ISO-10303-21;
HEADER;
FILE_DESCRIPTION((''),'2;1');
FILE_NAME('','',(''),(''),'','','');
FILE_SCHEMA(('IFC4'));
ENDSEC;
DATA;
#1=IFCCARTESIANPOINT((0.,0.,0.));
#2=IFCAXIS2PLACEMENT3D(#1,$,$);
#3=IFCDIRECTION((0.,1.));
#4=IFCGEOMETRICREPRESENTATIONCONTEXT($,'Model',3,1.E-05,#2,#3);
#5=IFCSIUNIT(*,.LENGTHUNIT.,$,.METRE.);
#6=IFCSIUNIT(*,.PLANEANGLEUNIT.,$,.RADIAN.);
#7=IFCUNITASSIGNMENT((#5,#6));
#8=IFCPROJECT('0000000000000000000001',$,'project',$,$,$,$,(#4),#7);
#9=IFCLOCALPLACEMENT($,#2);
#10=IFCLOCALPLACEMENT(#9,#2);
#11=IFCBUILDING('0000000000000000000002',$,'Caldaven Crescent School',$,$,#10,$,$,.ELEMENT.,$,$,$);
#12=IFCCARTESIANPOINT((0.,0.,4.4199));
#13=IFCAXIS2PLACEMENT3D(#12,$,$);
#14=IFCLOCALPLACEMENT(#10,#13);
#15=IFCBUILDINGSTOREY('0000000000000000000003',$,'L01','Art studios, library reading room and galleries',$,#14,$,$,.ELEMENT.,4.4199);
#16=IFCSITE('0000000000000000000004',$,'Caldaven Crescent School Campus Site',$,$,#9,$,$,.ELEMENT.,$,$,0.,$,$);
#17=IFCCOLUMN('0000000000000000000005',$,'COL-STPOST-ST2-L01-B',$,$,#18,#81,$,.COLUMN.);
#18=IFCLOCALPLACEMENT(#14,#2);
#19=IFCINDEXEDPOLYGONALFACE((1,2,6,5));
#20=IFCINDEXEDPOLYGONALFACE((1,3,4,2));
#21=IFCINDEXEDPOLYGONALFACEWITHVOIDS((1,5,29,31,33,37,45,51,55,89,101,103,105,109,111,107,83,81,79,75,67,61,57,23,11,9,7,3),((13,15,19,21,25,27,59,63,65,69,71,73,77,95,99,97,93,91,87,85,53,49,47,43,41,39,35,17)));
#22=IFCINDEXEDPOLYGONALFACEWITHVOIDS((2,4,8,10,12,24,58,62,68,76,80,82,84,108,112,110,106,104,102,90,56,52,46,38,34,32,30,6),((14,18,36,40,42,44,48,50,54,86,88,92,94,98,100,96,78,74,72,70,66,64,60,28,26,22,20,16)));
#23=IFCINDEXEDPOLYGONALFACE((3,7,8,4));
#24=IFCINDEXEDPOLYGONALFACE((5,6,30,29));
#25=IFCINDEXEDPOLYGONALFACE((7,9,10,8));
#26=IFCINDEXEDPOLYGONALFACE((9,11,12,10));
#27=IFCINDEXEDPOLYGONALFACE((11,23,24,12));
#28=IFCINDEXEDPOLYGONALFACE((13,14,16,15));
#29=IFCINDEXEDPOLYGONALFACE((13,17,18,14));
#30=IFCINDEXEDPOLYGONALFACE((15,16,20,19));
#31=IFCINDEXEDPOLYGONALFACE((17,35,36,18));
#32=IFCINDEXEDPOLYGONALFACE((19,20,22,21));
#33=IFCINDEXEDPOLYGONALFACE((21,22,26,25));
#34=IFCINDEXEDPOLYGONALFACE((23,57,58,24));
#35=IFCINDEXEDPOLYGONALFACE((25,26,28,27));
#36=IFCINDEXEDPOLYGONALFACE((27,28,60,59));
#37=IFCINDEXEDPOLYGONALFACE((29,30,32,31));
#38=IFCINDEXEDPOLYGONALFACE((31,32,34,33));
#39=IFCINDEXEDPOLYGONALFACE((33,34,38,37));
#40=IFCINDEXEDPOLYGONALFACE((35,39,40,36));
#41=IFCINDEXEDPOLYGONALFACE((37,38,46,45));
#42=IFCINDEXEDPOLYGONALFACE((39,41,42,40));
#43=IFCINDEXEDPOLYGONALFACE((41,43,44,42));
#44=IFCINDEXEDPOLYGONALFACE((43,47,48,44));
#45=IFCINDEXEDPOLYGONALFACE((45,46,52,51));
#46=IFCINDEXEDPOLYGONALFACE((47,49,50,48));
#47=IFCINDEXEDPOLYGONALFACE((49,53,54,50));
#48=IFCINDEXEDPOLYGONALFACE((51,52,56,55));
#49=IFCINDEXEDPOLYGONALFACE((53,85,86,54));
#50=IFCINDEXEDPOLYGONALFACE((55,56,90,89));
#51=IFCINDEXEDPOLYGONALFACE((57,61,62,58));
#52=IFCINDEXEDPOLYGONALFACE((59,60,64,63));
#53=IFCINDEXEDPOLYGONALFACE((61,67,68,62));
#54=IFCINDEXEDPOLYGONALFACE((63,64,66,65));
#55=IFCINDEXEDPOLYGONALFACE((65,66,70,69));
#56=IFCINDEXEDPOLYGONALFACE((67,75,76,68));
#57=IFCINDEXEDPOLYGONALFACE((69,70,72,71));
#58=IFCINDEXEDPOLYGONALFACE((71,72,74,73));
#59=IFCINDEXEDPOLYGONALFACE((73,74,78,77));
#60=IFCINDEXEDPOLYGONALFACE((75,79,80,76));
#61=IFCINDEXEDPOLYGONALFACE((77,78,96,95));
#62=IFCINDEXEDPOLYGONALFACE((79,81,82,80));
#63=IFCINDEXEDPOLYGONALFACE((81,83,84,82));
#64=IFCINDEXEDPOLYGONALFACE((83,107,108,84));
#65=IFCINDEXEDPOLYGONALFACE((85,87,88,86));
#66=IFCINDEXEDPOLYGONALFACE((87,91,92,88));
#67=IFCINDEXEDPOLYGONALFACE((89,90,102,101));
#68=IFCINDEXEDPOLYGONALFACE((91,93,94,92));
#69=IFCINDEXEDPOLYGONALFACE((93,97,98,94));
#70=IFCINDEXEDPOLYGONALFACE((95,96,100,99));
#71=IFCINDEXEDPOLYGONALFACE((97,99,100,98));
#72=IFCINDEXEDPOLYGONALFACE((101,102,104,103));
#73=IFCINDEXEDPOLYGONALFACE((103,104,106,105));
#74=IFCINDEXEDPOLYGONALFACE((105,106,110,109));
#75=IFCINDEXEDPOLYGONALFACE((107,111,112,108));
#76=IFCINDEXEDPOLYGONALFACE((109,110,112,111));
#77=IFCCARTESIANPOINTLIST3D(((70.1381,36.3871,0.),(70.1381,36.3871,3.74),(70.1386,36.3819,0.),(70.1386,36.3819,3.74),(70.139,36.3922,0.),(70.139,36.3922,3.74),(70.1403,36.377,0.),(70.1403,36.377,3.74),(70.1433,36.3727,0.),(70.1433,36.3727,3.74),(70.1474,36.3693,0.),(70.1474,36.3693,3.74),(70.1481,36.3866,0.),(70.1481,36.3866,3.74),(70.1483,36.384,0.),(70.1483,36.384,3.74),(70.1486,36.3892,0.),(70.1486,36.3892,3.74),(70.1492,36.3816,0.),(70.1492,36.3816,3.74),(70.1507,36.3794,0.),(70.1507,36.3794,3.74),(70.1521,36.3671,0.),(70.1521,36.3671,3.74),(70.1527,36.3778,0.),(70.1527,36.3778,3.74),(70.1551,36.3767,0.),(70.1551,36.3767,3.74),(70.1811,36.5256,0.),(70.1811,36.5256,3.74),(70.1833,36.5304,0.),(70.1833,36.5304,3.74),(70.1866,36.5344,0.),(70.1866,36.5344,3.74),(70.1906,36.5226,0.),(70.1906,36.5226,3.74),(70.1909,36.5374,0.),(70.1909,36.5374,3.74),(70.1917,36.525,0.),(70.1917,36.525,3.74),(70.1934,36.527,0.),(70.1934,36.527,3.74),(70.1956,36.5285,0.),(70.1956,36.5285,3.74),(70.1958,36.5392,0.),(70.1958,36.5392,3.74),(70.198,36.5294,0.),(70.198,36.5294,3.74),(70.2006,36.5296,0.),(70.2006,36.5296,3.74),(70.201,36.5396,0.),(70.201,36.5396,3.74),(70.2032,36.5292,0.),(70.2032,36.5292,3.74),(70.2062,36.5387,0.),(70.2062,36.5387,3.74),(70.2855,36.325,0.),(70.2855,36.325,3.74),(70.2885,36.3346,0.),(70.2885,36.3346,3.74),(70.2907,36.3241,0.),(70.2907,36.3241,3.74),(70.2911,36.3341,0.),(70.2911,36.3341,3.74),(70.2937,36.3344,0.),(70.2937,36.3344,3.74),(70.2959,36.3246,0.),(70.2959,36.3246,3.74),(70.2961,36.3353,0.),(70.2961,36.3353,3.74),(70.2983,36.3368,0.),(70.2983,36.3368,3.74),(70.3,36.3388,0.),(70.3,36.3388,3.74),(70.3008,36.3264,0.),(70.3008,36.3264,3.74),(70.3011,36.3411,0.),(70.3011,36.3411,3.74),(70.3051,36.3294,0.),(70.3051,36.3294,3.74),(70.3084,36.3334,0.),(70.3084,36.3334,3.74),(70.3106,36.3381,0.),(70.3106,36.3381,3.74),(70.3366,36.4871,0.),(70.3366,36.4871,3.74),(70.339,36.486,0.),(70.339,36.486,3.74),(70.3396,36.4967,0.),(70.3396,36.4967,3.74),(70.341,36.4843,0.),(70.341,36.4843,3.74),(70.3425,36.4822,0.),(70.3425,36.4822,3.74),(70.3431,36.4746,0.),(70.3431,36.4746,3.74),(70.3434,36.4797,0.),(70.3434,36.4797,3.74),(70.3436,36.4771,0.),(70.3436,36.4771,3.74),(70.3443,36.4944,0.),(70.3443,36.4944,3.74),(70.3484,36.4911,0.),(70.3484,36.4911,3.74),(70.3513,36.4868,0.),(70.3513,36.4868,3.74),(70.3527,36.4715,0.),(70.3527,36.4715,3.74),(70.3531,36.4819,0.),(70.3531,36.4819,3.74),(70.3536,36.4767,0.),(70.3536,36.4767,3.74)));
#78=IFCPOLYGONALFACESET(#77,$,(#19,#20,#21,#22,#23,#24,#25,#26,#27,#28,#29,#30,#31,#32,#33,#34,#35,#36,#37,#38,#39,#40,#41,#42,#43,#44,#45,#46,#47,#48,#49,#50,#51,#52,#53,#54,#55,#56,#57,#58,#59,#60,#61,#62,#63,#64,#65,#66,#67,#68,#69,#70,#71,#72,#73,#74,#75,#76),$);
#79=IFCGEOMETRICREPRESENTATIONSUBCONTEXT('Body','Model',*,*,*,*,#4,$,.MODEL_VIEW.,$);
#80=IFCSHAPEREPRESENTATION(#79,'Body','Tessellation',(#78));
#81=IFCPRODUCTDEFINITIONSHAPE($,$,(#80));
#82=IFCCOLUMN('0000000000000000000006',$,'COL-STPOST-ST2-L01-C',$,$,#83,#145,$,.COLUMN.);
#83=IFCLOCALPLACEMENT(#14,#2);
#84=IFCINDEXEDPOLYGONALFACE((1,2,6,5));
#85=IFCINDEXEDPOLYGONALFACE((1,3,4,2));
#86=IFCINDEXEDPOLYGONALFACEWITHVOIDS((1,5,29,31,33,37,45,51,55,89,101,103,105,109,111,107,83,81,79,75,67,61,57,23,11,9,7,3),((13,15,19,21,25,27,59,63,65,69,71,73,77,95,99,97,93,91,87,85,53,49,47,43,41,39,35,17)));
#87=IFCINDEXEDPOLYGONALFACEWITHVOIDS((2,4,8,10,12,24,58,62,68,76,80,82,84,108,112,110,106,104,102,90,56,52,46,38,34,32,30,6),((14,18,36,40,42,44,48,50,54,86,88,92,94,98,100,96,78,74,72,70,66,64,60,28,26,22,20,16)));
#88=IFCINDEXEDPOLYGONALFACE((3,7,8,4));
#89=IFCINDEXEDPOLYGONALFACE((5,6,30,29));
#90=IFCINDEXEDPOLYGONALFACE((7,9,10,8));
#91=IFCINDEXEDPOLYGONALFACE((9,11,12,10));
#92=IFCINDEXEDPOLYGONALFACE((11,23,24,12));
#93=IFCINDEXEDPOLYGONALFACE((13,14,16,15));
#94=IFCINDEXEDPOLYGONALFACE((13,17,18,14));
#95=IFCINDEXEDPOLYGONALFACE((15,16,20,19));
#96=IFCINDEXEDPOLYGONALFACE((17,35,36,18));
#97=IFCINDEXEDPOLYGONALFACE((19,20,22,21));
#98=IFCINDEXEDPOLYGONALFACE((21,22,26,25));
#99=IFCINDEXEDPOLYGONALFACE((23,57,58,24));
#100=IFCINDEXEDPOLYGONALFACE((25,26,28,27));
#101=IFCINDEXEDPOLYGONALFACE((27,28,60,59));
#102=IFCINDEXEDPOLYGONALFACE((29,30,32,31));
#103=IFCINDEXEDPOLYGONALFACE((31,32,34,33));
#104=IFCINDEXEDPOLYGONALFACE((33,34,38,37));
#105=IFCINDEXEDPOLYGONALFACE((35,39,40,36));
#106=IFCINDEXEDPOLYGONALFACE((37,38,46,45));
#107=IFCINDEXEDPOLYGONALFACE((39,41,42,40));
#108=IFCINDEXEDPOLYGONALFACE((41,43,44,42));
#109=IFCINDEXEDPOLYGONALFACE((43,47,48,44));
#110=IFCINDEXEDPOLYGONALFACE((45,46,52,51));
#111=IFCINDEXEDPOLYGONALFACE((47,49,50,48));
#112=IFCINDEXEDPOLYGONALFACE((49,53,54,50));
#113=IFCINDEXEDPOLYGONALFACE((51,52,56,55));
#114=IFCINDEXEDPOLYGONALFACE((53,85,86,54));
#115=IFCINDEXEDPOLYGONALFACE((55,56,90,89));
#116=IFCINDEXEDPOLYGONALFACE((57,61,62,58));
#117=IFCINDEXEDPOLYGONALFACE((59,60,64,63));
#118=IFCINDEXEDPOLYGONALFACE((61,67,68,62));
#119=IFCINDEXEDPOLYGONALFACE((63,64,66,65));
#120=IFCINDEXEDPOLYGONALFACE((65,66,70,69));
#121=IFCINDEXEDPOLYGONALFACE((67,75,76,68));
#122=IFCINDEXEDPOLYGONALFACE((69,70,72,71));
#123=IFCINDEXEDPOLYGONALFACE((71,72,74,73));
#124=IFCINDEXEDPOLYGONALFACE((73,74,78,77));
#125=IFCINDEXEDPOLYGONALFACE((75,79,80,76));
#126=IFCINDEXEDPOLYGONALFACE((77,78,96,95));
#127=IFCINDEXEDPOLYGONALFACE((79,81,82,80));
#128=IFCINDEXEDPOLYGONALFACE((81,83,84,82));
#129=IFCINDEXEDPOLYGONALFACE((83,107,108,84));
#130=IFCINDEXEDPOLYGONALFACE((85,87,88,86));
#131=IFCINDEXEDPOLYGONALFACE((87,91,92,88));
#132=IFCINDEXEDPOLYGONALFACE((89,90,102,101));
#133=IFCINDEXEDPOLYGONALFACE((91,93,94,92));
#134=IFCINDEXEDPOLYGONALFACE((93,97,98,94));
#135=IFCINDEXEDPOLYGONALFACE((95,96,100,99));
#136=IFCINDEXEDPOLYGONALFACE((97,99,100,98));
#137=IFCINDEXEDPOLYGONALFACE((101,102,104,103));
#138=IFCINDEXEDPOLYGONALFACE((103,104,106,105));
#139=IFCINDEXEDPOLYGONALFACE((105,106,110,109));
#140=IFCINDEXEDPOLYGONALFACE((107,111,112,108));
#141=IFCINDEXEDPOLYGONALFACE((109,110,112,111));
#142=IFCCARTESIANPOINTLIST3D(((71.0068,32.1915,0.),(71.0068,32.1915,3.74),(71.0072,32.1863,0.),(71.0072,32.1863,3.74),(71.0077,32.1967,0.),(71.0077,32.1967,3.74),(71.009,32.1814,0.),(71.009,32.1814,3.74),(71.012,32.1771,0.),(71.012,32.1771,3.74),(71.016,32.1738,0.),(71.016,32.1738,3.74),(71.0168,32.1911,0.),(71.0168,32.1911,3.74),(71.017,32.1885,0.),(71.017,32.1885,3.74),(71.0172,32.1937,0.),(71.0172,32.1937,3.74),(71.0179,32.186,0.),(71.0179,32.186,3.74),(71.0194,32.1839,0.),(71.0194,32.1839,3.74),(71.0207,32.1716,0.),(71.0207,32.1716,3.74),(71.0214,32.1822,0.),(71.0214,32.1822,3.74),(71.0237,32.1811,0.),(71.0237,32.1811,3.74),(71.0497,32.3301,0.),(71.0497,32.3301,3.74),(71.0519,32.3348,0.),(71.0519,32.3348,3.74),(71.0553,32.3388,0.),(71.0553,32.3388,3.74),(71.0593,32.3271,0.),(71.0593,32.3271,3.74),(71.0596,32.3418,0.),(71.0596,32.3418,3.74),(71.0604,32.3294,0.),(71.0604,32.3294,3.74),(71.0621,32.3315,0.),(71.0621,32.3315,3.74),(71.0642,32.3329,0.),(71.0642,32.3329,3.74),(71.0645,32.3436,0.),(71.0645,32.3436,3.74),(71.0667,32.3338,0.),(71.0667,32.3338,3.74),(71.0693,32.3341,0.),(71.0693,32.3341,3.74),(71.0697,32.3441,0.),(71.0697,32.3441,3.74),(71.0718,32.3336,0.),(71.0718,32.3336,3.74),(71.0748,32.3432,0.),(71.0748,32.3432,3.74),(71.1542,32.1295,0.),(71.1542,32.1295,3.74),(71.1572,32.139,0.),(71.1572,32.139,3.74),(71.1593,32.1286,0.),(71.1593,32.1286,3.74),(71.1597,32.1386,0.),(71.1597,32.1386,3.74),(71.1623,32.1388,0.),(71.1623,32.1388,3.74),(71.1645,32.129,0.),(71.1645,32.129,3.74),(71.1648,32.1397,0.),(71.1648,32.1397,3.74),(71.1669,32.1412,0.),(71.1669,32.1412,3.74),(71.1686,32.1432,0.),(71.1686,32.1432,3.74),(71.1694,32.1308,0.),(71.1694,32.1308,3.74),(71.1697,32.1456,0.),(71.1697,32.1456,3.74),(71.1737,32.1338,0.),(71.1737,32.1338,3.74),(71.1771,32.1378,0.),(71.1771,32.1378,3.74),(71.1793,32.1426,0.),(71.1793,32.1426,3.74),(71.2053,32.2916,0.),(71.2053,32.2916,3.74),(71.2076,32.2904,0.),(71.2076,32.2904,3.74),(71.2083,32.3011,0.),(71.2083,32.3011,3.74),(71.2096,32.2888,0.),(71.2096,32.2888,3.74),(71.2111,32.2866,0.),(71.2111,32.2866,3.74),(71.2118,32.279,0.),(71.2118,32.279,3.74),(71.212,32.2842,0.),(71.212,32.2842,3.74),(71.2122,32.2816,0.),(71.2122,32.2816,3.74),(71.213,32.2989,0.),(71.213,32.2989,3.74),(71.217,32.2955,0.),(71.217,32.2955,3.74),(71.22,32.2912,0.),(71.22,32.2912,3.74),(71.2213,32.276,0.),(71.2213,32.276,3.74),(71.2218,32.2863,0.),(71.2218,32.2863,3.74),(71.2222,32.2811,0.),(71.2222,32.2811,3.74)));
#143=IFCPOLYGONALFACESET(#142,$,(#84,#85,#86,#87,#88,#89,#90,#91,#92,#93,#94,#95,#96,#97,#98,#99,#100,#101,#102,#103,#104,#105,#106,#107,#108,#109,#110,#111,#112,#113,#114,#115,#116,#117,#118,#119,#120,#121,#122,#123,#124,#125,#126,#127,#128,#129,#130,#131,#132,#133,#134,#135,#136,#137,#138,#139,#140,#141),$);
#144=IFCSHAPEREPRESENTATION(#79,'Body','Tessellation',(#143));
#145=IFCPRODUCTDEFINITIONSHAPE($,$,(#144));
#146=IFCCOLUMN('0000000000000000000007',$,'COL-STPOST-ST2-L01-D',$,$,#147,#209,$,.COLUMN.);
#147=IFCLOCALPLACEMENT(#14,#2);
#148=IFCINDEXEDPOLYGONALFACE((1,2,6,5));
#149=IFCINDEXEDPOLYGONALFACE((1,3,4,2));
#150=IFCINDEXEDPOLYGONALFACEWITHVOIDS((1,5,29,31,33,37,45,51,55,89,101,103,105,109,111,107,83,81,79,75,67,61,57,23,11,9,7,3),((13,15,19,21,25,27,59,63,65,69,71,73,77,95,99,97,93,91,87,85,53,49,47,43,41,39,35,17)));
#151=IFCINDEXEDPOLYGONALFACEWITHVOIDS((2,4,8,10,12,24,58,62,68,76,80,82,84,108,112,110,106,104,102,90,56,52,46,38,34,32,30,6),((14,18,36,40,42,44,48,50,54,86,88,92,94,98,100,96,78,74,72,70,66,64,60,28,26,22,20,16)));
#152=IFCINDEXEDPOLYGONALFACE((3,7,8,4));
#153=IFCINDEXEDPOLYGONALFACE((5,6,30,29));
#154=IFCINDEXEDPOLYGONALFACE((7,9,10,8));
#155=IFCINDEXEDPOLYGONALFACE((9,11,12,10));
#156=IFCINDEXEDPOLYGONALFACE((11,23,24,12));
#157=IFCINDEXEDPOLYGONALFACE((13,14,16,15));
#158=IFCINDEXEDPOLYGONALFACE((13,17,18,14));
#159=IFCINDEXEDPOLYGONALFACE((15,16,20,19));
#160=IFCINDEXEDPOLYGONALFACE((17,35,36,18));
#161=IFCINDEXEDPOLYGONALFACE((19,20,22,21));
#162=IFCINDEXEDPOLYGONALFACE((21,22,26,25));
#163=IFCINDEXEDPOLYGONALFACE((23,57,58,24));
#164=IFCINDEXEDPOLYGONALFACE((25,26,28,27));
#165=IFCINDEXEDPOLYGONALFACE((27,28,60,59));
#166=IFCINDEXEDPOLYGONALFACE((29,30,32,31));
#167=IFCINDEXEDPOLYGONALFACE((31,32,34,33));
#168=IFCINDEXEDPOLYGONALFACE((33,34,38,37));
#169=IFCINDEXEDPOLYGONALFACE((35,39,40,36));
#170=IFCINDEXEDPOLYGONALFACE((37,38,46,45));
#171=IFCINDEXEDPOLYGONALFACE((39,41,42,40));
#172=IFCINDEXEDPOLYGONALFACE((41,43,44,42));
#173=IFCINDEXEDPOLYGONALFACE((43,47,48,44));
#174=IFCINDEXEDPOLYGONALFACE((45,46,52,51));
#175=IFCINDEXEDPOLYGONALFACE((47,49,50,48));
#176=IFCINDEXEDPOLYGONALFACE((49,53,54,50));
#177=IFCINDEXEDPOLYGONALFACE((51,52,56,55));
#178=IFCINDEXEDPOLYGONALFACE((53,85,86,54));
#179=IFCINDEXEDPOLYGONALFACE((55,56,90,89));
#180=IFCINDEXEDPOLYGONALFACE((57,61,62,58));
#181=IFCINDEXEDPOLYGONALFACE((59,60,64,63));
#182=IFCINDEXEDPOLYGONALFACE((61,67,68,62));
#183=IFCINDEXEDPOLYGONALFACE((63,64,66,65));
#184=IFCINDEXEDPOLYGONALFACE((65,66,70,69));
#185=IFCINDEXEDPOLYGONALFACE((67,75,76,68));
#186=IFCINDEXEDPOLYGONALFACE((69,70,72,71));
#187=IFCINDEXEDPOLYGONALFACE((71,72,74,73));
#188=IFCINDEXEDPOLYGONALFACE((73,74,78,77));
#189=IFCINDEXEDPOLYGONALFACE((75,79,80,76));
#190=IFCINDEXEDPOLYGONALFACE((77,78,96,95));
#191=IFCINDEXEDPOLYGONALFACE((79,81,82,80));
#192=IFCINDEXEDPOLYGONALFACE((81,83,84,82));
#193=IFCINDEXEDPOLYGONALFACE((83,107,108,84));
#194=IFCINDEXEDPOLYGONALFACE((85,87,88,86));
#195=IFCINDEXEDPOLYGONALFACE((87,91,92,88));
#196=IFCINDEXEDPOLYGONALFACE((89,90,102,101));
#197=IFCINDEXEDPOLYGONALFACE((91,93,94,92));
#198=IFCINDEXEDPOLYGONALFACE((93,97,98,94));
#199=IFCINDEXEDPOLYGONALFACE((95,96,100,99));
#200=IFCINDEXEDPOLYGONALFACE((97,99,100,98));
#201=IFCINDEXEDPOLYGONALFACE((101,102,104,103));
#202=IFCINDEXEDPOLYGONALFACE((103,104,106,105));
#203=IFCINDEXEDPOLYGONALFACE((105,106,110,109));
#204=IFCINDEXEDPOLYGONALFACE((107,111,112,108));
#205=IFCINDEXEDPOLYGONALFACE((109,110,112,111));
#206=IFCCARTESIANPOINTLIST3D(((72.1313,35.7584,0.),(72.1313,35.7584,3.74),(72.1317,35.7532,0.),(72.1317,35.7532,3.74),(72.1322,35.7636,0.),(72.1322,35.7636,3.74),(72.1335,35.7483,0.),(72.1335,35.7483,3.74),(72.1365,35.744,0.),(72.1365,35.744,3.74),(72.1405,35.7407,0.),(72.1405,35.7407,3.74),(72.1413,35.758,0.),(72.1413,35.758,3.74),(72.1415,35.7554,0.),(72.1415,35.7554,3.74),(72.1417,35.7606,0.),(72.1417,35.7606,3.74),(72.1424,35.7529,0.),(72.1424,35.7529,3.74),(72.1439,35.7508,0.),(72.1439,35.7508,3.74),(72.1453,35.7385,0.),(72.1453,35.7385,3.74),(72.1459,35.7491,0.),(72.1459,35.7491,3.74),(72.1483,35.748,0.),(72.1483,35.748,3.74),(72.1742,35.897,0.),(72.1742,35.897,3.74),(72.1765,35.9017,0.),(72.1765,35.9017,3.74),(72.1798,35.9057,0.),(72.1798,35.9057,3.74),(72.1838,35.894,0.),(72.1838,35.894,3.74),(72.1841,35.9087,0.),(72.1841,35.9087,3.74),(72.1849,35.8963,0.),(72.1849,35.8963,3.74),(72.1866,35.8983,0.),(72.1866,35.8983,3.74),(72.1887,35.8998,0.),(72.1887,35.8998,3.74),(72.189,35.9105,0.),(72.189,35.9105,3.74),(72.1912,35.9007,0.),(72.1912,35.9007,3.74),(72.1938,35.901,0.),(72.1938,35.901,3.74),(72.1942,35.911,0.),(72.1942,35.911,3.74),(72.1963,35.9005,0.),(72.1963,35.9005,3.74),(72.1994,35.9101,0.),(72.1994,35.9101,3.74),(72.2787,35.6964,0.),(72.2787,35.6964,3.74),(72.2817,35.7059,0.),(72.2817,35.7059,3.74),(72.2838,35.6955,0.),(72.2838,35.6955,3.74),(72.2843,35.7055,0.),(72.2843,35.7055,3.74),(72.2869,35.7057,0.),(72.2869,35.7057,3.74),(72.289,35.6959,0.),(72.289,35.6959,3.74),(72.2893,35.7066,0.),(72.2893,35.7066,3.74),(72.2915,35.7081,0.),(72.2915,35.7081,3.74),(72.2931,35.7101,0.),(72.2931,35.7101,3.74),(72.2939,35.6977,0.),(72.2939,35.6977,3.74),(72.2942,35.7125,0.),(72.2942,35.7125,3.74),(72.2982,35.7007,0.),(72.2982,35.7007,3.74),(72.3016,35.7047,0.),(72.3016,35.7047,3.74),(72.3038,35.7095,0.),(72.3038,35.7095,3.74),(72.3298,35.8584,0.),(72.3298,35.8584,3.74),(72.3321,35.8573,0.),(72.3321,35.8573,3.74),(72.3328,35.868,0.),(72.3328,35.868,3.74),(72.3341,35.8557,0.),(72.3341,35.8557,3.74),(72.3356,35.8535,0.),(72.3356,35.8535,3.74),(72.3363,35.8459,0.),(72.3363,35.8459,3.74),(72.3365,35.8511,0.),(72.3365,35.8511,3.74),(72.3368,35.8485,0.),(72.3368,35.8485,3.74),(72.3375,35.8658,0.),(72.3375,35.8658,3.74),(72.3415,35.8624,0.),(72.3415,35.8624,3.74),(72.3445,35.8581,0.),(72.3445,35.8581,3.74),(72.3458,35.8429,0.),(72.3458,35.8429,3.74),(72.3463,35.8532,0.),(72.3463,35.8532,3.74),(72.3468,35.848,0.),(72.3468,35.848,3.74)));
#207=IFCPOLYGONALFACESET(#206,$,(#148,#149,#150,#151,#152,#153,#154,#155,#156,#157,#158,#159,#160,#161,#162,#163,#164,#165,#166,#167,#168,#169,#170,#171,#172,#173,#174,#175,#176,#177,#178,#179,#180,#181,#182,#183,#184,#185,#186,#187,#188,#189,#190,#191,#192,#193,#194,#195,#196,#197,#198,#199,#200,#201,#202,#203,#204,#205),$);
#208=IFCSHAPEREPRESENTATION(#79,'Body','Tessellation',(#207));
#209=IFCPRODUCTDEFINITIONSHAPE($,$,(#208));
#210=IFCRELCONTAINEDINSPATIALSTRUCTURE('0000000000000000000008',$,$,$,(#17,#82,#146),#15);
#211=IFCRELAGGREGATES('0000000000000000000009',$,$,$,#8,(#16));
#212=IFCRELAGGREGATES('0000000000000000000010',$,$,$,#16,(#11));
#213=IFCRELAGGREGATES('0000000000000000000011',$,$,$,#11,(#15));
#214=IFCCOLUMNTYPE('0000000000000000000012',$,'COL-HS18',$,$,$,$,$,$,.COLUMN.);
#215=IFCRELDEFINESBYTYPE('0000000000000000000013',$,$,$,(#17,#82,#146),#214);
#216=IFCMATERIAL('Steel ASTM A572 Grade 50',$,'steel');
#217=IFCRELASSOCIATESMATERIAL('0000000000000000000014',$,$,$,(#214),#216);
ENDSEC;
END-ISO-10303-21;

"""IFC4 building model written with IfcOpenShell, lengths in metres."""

from ifc_helpers import new_model, si_unit, direction, frame, origin, origin_2d, place, context, subcontext, project, spatial, hollow_rectangle, extrude, material, material_profile, profile_set, type_object, element, save


model = new_model("IFC4")

# Units and contexts
model_context = context("Model", 3, precision=1e-05, world=origin(), true_north=direction((0.0, 1.0)))
body_context = subcontext(model_context, "Body", "Model", "MODEL_VIEW")
ifc_project = project(units=[si_unit("LENGTHUNIT", "METRE"), si_unit("PLANEANGLEUNIT", "RADIAN")], contexts=[model_context])

# Site, building, storey
site_placement = place(None, origin())
site = spatial("IfcSite", under=ifc_project, at=site_placement, Name="Caldaven Crescent School Campus Site", CompositionType="ELEMENT", RefElevation=0.0)
building_placement = place(site_placement, origin())
building = spatial("IfcBuilding", under=site, at=building_placement, Name="Caldaven Crescent School", CompositionType="ELEMENT")
storey_placement = place(building_placement, frame((0.0, 0.0, 4.4199)))
storey = spatial("IfcBuildingStorey", under=building, at=storey_placement, Name="L01", Description="Art studios, library reading room and galleries", CompositionType="ELEMENT", Elevation=4.4199)

# Columns
ifc_material_1 = material(Name="Steel ASTM A572 Grade 50", Category="steel")
ifc_material_profile_1 = material_profile(ifc_material_1, hollow_rectangle(XDim=0.1799, YDim=0.1799, WallThickness=0.01, InnerFilletRadius=0.01, OuterFilletRadius=0.02, at=origin_2d()), Name="HSS 180x180x10")
ifc_profile_set_1 = profile_set([ifc_material_profile_1], Name="Steel ASTM A572 Grade 50")
column_type_1 = type_object("IfcColumnType", Name="COL-HS18", PredefinedType="COLUMN", material=ifc_profile_set_1)
for number, where, z_axis, x_axis, name in (
    (1, (70.2458, 36.4319, 0.0), (0.0, 0.0, 1.0), (0.953717, -0.300706, 0.0), "COL-STPOST-ST2-L01-B"),
    (2, (71.1145, 32.2363, 0.0), (0.0, 0.0, 1.0), (0.953717, -0.300706, 0.0), "COL-STPOST-ST2-L01-C"),
    (3, (72.239, 35.8032, 0.0), (0.0, 0.0, 1.0), (0.953717, -0.300706, 0.0), "COL-STPOST-ST2-L01-D"),
):
    element("IfcColumn", number, at=place(storey_placement, frame(where, z_axis=z_axis, x_axis=x_axis)), inside=storey, type_object=column_type_1, Name=name, PredefinedType="COLUMN", context=body_context, shape_type="SweptSolid", body=[
        extrude(hollow_rectangle(XDim=0.1799, YDim=0.1799, WallThickness=0.01, InnerFilletRadius=0.01, OuterFilletRadius=0.02, at=origin_2d()), origin(), (0.0, 0.0, 1.0), 3.74),
    ])

save(model, "model.ifc")
